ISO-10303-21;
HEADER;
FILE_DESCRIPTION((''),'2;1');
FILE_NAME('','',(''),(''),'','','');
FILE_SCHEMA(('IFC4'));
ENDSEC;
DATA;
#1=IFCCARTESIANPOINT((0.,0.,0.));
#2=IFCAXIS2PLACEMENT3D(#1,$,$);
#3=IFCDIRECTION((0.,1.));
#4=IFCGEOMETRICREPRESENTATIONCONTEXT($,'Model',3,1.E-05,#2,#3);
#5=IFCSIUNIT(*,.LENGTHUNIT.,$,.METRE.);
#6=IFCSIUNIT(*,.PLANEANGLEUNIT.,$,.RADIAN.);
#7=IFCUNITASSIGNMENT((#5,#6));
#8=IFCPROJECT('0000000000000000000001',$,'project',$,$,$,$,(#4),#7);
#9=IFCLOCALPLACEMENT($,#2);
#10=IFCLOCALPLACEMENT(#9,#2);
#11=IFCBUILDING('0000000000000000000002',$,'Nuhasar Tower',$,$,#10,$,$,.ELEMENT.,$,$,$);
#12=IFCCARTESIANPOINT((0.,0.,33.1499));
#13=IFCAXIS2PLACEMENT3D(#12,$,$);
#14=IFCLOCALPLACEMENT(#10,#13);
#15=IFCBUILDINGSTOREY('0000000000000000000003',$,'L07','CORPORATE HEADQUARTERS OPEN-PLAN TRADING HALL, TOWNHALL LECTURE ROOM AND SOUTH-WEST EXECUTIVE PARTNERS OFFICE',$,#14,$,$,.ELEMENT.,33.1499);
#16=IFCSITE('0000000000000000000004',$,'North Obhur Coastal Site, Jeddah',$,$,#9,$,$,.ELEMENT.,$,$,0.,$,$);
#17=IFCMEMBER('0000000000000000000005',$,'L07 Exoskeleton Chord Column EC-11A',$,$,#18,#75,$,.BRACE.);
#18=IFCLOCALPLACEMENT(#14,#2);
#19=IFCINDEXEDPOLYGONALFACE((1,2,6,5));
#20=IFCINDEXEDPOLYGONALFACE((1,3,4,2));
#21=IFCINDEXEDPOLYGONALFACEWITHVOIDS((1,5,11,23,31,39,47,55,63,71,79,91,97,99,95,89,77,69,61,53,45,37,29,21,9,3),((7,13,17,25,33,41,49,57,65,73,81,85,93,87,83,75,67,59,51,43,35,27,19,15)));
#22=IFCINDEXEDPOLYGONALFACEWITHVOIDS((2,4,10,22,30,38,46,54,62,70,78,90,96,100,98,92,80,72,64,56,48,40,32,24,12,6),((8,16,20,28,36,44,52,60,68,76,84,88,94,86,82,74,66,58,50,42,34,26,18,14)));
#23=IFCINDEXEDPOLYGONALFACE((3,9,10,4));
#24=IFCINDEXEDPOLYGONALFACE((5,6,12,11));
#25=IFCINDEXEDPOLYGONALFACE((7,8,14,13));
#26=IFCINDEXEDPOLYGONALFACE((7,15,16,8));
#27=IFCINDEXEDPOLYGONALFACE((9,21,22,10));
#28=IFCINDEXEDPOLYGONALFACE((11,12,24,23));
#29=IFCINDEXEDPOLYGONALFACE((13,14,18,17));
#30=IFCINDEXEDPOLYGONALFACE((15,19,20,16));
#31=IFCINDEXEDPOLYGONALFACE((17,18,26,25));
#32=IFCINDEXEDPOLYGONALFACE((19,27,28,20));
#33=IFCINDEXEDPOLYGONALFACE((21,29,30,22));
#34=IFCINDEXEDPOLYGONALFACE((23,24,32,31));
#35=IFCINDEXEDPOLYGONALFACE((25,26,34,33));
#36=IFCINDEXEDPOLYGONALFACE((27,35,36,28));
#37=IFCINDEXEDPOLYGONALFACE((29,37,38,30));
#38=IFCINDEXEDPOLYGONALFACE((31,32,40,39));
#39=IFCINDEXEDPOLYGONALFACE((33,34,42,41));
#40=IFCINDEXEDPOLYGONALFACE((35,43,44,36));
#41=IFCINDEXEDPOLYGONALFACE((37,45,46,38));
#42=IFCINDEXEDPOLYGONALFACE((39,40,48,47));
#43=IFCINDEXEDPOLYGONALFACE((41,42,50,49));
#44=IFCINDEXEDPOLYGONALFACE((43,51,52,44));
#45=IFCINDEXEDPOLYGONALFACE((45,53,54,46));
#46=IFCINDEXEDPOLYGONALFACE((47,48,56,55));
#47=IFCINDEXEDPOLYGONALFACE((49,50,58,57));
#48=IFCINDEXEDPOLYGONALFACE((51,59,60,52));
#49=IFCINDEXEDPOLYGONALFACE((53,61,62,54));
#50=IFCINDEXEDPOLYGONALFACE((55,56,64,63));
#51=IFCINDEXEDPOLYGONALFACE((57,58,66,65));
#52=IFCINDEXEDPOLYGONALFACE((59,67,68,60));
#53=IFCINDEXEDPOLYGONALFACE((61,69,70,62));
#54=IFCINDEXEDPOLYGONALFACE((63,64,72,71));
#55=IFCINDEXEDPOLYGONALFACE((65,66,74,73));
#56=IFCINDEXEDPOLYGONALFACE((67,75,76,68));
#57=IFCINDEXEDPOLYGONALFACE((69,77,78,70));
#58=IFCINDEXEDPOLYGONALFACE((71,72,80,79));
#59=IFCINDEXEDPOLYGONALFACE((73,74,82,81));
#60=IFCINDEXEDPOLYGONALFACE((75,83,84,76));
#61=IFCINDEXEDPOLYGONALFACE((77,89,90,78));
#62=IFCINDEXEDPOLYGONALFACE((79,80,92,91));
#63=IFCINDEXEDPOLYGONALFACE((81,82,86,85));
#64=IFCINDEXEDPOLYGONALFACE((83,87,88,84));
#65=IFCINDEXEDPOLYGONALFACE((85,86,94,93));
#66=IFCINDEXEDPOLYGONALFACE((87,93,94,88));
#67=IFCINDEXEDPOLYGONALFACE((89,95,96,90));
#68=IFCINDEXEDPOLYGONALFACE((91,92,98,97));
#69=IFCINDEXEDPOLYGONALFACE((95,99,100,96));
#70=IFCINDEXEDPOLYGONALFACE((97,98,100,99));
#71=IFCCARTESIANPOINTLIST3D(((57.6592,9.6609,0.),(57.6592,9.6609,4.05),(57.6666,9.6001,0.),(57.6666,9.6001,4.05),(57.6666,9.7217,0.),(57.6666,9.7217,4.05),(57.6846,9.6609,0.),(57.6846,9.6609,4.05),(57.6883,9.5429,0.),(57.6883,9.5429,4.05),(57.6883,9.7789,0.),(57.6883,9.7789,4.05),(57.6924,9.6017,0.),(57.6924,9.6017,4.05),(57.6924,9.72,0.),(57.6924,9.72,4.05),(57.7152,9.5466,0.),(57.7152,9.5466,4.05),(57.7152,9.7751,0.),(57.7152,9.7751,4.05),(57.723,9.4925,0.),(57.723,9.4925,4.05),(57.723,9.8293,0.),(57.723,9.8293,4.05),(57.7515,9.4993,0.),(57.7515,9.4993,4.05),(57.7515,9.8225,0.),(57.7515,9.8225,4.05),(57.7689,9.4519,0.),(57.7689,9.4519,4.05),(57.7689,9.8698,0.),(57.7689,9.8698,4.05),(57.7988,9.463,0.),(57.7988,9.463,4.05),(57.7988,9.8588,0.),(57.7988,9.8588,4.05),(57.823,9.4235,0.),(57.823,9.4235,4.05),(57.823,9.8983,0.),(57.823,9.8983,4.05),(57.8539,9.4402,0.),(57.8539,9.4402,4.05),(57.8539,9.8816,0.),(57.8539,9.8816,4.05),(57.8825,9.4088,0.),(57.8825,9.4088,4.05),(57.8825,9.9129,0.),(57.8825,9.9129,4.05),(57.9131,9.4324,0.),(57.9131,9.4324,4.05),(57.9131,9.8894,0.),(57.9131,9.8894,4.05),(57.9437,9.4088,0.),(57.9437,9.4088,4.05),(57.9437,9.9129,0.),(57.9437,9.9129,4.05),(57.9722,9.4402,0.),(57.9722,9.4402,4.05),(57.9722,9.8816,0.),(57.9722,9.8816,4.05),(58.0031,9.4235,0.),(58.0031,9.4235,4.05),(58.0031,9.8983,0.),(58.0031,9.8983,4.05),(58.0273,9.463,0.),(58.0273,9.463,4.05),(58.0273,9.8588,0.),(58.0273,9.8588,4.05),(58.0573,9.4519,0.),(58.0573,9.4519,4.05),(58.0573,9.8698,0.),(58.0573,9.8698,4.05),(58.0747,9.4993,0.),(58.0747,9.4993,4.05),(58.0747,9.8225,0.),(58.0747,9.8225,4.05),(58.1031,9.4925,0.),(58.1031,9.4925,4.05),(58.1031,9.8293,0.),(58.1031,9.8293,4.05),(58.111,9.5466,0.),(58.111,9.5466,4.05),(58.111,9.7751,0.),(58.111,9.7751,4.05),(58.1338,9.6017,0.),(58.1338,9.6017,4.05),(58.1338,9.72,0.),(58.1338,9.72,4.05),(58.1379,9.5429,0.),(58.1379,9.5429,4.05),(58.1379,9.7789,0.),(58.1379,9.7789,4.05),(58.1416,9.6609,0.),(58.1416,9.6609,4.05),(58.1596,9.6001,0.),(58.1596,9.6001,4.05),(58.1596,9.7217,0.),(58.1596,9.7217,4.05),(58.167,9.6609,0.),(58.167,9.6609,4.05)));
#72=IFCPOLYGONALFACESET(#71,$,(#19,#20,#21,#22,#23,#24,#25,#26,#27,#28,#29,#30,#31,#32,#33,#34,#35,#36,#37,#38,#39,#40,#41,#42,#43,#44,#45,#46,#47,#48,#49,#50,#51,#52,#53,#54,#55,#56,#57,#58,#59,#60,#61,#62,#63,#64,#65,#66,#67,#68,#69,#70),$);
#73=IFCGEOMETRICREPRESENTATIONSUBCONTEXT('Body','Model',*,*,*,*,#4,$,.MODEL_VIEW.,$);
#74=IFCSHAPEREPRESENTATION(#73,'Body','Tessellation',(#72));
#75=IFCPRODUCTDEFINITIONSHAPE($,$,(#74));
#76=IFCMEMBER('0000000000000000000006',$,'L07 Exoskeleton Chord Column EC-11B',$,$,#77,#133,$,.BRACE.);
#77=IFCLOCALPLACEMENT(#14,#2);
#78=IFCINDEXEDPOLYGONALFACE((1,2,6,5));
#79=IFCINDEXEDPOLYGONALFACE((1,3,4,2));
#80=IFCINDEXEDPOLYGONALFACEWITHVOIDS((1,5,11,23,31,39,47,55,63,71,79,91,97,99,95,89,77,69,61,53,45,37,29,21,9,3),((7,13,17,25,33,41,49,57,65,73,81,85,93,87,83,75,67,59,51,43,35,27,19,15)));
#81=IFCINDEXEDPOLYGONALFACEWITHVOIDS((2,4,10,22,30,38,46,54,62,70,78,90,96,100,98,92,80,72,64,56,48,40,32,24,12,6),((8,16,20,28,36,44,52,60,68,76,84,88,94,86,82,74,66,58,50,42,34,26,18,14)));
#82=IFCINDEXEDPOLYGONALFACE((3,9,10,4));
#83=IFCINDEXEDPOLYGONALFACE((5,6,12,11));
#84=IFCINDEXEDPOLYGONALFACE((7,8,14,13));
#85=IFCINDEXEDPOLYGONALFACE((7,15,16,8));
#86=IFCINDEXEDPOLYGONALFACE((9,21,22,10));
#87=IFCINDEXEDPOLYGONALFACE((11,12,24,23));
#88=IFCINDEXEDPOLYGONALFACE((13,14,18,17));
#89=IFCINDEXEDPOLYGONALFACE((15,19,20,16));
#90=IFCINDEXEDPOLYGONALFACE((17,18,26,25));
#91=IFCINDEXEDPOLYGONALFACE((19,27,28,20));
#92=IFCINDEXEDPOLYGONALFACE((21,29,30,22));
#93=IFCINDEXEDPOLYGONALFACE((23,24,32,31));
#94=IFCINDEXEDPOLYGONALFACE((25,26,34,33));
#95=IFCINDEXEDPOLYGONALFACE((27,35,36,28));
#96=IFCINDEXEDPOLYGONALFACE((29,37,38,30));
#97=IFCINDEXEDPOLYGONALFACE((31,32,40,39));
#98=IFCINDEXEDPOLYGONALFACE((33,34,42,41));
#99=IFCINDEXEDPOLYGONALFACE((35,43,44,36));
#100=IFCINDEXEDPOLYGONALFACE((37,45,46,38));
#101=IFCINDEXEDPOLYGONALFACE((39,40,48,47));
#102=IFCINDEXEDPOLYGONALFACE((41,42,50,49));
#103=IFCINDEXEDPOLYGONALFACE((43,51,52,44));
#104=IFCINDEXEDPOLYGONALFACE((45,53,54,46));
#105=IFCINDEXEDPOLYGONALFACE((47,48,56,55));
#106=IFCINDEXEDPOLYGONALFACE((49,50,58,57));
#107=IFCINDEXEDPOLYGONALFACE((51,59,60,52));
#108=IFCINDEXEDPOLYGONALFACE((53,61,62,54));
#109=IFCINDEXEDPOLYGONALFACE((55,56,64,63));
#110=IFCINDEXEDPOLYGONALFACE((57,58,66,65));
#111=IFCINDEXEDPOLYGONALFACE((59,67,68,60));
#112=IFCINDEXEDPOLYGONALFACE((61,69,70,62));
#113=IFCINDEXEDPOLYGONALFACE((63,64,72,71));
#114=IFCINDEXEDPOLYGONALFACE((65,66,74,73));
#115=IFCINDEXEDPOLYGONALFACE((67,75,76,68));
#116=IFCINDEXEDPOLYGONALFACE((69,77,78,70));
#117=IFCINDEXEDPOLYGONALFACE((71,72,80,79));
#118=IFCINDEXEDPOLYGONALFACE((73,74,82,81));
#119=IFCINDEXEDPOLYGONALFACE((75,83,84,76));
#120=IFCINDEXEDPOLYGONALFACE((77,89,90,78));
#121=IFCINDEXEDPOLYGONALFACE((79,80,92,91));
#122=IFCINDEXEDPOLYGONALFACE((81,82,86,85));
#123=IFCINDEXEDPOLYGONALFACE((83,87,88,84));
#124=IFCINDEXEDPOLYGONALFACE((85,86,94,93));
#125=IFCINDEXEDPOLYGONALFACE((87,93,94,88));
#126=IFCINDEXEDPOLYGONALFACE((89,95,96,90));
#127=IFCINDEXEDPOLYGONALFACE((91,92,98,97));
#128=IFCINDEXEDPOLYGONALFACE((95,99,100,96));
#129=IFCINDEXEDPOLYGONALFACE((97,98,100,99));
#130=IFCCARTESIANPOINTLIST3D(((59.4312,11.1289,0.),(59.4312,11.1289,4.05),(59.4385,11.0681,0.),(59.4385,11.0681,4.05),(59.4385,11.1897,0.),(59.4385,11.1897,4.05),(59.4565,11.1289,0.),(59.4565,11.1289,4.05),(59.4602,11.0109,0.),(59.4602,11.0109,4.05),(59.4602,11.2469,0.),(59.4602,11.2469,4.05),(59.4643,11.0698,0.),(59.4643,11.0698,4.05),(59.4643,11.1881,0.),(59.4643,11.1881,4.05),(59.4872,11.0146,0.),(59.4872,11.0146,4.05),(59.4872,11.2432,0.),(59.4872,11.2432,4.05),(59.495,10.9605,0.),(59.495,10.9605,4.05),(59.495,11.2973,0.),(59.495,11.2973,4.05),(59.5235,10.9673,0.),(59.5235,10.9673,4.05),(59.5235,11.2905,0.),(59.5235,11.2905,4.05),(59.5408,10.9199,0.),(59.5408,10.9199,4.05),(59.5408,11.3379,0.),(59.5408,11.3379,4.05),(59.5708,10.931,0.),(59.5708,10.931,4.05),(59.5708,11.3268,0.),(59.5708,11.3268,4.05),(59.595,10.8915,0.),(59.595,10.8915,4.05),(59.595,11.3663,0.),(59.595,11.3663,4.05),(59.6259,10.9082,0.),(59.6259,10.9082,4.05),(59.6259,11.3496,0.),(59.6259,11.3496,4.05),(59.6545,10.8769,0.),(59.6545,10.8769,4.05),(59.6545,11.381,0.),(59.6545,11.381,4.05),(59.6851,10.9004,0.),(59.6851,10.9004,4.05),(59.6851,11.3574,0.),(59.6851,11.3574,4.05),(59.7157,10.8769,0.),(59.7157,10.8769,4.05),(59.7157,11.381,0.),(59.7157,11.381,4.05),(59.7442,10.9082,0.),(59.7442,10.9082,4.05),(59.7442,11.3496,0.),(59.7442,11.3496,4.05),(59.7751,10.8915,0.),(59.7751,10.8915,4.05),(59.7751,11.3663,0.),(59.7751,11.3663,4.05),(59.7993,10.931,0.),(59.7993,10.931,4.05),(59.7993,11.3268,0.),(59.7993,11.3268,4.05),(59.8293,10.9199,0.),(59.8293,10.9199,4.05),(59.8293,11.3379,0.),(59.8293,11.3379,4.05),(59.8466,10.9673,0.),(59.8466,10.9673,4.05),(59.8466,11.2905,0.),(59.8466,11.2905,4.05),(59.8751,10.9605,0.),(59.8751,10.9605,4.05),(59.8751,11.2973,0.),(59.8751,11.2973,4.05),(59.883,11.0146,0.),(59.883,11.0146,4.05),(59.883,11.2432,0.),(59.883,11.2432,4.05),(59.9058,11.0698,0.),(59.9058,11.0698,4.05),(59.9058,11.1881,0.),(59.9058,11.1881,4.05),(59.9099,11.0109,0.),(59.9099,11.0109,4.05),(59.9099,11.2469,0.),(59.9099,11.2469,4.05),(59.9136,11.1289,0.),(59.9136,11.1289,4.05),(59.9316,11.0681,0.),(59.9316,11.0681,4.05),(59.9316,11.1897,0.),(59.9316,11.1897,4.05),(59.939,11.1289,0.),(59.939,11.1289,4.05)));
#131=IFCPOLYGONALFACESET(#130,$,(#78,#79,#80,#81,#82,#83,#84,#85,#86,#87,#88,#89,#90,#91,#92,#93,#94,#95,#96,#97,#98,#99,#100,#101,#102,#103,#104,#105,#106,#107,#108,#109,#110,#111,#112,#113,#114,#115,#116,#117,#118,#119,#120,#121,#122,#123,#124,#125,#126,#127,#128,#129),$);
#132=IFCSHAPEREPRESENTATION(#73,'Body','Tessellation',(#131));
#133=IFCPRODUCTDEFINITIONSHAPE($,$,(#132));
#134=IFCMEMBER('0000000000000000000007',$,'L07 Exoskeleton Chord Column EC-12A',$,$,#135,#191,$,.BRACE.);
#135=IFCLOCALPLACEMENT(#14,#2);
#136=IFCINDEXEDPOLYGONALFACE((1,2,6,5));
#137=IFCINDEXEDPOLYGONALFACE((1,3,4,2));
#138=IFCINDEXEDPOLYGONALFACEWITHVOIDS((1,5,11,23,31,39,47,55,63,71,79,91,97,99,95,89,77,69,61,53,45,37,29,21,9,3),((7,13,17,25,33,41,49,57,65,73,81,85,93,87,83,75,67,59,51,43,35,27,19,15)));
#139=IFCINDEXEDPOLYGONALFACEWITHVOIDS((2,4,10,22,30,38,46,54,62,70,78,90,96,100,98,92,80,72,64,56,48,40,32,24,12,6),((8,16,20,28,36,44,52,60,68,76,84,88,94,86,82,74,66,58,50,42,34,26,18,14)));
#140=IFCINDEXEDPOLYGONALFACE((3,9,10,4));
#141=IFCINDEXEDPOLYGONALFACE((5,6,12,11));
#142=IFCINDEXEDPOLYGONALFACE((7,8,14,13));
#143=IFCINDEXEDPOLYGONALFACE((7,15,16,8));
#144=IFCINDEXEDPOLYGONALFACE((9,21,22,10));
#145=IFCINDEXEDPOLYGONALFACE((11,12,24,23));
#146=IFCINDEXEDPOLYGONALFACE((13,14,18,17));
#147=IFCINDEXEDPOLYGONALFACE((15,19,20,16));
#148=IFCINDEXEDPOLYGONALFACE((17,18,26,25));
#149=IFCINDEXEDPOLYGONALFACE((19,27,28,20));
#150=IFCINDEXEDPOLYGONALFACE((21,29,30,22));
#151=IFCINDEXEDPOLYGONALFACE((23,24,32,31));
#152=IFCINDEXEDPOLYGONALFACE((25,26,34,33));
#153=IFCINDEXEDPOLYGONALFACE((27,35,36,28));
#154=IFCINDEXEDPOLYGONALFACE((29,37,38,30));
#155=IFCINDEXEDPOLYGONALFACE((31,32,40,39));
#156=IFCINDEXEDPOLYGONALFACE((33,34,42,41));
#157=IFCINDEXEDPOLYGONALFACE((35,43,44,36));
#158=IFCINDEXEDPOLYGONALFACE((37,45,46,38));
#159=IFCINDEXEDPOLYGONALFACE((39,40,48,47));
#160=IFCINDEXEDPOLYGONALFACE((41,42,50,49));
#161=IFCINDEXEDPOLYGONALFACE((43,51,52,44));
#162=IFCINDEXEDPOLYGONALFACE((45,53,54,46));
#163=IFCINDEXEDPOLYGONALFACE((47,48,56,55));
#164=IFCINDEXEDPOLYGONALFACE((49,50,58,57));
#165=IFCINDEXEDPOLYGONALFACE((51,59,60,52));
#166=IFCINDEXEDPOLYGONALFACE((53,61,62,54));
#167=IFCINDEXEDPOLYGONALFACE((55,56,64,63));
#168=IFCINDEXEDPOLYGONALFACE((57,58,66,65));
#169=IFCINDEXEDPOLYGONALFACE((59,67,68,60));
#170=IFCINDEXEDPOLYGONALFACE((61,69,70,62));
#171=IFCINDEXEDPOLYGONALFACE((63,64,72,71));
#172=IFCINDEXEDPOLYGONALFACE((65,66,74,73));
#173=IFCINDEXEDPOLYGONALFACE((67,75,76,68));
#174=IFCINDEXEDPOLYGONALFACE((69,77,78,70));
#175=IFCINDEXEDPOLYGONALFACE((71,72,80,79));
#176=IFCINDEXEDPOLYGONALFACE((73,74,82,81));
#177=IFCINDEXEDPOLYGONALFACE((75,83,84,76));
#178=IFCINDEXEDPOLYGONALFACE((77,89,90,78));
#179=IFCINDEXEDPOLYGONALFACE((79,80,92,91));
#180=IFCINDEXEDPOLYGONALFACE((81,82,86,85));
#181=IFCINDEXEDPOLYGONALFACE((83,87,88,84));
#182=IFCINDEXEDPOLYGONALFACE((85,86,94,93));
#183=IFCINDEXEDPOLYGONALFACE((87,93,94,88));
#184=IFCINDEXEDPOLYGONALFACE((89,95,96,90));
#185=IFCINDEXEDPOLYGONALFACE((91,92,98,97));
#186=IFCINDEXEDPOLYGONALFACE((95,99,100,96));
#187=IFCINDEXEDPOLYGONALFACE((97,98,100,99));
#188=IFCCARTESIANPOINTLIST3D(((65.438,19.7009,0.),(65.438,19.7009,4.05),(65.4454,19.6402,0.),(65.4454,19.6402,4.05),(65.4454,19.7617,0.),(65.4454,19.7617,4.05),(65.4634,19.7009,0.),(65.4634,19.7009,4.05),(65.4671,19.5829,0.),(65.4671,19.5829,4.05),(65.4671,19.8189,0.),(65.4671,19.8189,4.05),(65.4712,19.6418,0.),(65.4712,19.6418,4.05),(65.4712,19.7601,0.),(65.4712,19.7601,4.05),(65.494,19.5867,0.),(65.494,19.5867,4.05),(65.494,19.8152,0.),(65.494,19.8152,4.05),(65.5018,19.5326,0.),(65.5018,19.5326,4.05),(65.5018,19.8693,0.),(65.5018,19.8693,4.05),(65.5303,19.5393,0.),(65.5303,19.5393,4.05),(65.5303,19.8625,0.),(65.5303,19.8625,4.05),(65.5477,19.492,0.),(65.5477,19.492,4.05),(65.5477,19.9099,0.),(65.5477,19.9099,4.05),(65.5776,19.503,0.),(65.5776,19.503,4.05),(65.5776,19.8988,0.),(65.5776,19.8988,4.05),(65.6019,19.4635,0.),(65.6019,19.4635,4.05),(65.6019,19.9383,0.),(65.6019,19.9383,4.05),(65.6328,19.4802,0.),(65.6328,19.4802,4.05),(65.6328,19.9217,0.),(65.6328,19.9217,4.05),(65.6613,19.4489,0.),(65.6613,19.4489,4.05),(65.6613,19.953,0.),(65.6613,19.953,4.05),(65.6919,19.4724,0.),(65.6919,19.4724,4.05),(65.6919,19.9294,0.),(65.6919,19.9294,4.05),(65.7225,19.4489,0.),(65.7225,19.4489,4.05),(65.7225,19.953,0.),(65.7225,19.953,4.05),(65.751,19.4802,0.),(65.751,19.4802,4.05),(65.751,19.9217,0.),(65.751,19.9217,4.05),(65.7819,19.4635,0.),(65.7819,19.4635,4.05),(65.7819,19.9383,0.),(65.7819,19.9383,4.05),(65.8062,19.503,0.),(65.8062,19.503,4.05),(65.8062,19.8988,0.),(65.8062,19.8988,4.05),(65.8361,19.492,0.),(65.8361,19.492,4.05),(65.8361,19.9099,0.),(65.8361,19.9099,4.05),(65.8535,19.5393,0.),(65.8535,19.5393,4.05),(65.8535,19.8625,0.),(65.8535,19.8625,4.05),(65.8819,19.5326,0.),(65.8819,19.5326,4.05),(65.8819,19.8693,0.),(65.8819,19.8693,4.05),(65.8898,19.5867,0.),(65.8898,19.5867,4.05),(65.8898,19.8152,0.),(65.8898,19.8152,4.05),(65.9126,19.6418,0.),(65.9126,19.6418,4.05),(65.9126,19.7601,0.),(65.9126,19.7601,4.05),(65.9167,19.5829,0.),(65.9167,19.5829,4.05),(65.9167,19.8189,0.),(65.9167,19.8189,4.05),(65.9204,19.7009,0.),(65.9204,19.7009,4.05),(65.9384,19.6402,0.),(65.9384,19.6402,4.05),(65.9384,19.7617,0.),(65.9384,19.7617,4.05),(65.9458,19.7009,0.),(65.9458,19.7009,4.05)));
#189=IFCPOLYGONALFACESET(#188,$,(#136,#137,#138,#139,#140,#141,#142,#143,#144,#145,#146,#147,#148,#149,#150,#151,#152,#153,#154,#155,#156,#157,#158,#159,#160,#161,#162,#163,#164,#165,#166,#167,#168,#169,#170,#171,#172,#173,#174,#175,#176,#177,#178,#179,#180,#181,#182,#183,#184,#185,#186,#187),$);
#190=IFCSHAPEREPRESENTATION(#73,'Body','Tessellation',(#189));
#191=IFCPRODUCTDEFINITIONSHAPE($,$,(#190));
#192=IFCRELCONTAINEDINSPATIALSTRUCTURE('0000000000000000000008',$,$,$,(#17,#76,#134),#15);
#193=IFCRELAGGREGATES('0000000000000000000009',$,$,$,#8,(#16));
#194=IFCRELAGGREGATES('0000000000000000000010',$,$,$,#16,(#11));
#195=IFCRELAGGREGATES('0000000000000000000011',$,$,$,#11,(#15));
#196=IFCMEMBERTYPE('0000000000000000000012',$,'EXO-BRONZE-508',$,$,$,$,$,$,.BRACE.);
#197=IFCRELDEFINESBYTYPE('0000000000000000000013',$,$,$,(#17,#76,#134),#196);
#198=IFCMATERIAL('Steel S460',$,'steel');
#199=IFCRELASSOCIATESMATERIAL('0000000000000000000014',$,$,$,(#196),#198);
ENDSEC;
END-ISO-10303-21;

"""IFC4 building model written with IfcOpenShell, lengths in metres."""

from ifc_helpers import new_model, si_unit, direction, frame, origin, origin_2d, place, context, subcontext, project, spatial, hollow_circle, extrude, material, material_profile, profile_set, type_object, element, save


model = new_model("IFC4")

# Units and contexts
model_context = context("Model", 3, precision=1e-05, world=origin(), true_north=direction((0.0, 1.0)))
body_context = subcontext(model_context, "Body", "Model", "MODEL_VIEW")
ifc_project = project(units=[si_unit("LENGTHUNIT", "METRE"), si_unit("PLANEANGLEUNIT", "RADIAN")], contexts=[model_context])

# Site, building, storey
site_placement = place(None, origin())
site = spatial("IfcSite", under=ifc_project, at=site_placement, Name="North Obhur Coastal Site, Jeddah", CompositionType="ELEMENT", RefElevation=0.0)
building_placement = place(site_placement, origin())
building = spatial("IfcBuilding", under=site, at=building_placement, Name="Nuhasar Tower", CompositionType="ELEMENT")
storey_placement = place(building_placement, frame((0.0, 0.0, 33.1499)))
storey = spatial("IfcBuildingStorey", under=building, at=storey_placement, Name="L07", Description="CORPORATE HEADQUARTERS OPEN-PLAN TRADING HALL, TOWNHALL LECTURE ROOM AND SOUTH-WEST EXECUTIVE PARTNERS OFFICE", CompositionType="ELEMENT", Elevation=33.1499)

# Members
ifc_material_1 = material(Name="Steel S460", Category="steel")
ifc_material_profile_1 = material_profile(ifc_material_1, hollow_circle(Radius=0.2539, WallThickness=0.0254, at=origin_2d()), Name="HSS508X25.4")
ifc_profile_set_1 = profile_set([ifc_material_profile_1], Name="Steel S460")
member_type_1 = type_object("IfcMemberType", Name="EXO-BRONZE-508", PredefinedType="BRACE", material=ifc_profile_set_1)
for number, where, z_axis, x_axis, name in (
    (1, (57.9131, 9.6609, 0.0), (0.0, 0.0, 1.0), (1.0, 0.0, 0.0), "L07 Exoskeleton Chord Column EC-11A"),
    (2, (59.6851, 11.1289, 0.0), (0.0, 0.0, 1.0), (1.0, 0.0, 0.0), "L07 Exoskeleton Chord Column EC-11B"),
    (3, (65.6919, 19.7009, 0.0), (0.0, 0.0, 1.0), (1.0, 0.0, 0.0), "L07 Exoskeleton Chord Column EC-12A"),
):
    element("IfcMember", number, at=place(storey_placement, frame(where, z_axis=z_axis, x_axis=x_axis)), inside=storey, type_object=member_type_1, Name=name, PredefinedType="BRACE", context=body_context, shape_type="SweptSolid", body=[
        extrude(hollow_circle(Radius=0.2539, WallThickness=0.0254, at=origin_2d()), origin(), (0.0, 0.0, 1.0), 4.05),
    ])

save(model, "model.ifc")
